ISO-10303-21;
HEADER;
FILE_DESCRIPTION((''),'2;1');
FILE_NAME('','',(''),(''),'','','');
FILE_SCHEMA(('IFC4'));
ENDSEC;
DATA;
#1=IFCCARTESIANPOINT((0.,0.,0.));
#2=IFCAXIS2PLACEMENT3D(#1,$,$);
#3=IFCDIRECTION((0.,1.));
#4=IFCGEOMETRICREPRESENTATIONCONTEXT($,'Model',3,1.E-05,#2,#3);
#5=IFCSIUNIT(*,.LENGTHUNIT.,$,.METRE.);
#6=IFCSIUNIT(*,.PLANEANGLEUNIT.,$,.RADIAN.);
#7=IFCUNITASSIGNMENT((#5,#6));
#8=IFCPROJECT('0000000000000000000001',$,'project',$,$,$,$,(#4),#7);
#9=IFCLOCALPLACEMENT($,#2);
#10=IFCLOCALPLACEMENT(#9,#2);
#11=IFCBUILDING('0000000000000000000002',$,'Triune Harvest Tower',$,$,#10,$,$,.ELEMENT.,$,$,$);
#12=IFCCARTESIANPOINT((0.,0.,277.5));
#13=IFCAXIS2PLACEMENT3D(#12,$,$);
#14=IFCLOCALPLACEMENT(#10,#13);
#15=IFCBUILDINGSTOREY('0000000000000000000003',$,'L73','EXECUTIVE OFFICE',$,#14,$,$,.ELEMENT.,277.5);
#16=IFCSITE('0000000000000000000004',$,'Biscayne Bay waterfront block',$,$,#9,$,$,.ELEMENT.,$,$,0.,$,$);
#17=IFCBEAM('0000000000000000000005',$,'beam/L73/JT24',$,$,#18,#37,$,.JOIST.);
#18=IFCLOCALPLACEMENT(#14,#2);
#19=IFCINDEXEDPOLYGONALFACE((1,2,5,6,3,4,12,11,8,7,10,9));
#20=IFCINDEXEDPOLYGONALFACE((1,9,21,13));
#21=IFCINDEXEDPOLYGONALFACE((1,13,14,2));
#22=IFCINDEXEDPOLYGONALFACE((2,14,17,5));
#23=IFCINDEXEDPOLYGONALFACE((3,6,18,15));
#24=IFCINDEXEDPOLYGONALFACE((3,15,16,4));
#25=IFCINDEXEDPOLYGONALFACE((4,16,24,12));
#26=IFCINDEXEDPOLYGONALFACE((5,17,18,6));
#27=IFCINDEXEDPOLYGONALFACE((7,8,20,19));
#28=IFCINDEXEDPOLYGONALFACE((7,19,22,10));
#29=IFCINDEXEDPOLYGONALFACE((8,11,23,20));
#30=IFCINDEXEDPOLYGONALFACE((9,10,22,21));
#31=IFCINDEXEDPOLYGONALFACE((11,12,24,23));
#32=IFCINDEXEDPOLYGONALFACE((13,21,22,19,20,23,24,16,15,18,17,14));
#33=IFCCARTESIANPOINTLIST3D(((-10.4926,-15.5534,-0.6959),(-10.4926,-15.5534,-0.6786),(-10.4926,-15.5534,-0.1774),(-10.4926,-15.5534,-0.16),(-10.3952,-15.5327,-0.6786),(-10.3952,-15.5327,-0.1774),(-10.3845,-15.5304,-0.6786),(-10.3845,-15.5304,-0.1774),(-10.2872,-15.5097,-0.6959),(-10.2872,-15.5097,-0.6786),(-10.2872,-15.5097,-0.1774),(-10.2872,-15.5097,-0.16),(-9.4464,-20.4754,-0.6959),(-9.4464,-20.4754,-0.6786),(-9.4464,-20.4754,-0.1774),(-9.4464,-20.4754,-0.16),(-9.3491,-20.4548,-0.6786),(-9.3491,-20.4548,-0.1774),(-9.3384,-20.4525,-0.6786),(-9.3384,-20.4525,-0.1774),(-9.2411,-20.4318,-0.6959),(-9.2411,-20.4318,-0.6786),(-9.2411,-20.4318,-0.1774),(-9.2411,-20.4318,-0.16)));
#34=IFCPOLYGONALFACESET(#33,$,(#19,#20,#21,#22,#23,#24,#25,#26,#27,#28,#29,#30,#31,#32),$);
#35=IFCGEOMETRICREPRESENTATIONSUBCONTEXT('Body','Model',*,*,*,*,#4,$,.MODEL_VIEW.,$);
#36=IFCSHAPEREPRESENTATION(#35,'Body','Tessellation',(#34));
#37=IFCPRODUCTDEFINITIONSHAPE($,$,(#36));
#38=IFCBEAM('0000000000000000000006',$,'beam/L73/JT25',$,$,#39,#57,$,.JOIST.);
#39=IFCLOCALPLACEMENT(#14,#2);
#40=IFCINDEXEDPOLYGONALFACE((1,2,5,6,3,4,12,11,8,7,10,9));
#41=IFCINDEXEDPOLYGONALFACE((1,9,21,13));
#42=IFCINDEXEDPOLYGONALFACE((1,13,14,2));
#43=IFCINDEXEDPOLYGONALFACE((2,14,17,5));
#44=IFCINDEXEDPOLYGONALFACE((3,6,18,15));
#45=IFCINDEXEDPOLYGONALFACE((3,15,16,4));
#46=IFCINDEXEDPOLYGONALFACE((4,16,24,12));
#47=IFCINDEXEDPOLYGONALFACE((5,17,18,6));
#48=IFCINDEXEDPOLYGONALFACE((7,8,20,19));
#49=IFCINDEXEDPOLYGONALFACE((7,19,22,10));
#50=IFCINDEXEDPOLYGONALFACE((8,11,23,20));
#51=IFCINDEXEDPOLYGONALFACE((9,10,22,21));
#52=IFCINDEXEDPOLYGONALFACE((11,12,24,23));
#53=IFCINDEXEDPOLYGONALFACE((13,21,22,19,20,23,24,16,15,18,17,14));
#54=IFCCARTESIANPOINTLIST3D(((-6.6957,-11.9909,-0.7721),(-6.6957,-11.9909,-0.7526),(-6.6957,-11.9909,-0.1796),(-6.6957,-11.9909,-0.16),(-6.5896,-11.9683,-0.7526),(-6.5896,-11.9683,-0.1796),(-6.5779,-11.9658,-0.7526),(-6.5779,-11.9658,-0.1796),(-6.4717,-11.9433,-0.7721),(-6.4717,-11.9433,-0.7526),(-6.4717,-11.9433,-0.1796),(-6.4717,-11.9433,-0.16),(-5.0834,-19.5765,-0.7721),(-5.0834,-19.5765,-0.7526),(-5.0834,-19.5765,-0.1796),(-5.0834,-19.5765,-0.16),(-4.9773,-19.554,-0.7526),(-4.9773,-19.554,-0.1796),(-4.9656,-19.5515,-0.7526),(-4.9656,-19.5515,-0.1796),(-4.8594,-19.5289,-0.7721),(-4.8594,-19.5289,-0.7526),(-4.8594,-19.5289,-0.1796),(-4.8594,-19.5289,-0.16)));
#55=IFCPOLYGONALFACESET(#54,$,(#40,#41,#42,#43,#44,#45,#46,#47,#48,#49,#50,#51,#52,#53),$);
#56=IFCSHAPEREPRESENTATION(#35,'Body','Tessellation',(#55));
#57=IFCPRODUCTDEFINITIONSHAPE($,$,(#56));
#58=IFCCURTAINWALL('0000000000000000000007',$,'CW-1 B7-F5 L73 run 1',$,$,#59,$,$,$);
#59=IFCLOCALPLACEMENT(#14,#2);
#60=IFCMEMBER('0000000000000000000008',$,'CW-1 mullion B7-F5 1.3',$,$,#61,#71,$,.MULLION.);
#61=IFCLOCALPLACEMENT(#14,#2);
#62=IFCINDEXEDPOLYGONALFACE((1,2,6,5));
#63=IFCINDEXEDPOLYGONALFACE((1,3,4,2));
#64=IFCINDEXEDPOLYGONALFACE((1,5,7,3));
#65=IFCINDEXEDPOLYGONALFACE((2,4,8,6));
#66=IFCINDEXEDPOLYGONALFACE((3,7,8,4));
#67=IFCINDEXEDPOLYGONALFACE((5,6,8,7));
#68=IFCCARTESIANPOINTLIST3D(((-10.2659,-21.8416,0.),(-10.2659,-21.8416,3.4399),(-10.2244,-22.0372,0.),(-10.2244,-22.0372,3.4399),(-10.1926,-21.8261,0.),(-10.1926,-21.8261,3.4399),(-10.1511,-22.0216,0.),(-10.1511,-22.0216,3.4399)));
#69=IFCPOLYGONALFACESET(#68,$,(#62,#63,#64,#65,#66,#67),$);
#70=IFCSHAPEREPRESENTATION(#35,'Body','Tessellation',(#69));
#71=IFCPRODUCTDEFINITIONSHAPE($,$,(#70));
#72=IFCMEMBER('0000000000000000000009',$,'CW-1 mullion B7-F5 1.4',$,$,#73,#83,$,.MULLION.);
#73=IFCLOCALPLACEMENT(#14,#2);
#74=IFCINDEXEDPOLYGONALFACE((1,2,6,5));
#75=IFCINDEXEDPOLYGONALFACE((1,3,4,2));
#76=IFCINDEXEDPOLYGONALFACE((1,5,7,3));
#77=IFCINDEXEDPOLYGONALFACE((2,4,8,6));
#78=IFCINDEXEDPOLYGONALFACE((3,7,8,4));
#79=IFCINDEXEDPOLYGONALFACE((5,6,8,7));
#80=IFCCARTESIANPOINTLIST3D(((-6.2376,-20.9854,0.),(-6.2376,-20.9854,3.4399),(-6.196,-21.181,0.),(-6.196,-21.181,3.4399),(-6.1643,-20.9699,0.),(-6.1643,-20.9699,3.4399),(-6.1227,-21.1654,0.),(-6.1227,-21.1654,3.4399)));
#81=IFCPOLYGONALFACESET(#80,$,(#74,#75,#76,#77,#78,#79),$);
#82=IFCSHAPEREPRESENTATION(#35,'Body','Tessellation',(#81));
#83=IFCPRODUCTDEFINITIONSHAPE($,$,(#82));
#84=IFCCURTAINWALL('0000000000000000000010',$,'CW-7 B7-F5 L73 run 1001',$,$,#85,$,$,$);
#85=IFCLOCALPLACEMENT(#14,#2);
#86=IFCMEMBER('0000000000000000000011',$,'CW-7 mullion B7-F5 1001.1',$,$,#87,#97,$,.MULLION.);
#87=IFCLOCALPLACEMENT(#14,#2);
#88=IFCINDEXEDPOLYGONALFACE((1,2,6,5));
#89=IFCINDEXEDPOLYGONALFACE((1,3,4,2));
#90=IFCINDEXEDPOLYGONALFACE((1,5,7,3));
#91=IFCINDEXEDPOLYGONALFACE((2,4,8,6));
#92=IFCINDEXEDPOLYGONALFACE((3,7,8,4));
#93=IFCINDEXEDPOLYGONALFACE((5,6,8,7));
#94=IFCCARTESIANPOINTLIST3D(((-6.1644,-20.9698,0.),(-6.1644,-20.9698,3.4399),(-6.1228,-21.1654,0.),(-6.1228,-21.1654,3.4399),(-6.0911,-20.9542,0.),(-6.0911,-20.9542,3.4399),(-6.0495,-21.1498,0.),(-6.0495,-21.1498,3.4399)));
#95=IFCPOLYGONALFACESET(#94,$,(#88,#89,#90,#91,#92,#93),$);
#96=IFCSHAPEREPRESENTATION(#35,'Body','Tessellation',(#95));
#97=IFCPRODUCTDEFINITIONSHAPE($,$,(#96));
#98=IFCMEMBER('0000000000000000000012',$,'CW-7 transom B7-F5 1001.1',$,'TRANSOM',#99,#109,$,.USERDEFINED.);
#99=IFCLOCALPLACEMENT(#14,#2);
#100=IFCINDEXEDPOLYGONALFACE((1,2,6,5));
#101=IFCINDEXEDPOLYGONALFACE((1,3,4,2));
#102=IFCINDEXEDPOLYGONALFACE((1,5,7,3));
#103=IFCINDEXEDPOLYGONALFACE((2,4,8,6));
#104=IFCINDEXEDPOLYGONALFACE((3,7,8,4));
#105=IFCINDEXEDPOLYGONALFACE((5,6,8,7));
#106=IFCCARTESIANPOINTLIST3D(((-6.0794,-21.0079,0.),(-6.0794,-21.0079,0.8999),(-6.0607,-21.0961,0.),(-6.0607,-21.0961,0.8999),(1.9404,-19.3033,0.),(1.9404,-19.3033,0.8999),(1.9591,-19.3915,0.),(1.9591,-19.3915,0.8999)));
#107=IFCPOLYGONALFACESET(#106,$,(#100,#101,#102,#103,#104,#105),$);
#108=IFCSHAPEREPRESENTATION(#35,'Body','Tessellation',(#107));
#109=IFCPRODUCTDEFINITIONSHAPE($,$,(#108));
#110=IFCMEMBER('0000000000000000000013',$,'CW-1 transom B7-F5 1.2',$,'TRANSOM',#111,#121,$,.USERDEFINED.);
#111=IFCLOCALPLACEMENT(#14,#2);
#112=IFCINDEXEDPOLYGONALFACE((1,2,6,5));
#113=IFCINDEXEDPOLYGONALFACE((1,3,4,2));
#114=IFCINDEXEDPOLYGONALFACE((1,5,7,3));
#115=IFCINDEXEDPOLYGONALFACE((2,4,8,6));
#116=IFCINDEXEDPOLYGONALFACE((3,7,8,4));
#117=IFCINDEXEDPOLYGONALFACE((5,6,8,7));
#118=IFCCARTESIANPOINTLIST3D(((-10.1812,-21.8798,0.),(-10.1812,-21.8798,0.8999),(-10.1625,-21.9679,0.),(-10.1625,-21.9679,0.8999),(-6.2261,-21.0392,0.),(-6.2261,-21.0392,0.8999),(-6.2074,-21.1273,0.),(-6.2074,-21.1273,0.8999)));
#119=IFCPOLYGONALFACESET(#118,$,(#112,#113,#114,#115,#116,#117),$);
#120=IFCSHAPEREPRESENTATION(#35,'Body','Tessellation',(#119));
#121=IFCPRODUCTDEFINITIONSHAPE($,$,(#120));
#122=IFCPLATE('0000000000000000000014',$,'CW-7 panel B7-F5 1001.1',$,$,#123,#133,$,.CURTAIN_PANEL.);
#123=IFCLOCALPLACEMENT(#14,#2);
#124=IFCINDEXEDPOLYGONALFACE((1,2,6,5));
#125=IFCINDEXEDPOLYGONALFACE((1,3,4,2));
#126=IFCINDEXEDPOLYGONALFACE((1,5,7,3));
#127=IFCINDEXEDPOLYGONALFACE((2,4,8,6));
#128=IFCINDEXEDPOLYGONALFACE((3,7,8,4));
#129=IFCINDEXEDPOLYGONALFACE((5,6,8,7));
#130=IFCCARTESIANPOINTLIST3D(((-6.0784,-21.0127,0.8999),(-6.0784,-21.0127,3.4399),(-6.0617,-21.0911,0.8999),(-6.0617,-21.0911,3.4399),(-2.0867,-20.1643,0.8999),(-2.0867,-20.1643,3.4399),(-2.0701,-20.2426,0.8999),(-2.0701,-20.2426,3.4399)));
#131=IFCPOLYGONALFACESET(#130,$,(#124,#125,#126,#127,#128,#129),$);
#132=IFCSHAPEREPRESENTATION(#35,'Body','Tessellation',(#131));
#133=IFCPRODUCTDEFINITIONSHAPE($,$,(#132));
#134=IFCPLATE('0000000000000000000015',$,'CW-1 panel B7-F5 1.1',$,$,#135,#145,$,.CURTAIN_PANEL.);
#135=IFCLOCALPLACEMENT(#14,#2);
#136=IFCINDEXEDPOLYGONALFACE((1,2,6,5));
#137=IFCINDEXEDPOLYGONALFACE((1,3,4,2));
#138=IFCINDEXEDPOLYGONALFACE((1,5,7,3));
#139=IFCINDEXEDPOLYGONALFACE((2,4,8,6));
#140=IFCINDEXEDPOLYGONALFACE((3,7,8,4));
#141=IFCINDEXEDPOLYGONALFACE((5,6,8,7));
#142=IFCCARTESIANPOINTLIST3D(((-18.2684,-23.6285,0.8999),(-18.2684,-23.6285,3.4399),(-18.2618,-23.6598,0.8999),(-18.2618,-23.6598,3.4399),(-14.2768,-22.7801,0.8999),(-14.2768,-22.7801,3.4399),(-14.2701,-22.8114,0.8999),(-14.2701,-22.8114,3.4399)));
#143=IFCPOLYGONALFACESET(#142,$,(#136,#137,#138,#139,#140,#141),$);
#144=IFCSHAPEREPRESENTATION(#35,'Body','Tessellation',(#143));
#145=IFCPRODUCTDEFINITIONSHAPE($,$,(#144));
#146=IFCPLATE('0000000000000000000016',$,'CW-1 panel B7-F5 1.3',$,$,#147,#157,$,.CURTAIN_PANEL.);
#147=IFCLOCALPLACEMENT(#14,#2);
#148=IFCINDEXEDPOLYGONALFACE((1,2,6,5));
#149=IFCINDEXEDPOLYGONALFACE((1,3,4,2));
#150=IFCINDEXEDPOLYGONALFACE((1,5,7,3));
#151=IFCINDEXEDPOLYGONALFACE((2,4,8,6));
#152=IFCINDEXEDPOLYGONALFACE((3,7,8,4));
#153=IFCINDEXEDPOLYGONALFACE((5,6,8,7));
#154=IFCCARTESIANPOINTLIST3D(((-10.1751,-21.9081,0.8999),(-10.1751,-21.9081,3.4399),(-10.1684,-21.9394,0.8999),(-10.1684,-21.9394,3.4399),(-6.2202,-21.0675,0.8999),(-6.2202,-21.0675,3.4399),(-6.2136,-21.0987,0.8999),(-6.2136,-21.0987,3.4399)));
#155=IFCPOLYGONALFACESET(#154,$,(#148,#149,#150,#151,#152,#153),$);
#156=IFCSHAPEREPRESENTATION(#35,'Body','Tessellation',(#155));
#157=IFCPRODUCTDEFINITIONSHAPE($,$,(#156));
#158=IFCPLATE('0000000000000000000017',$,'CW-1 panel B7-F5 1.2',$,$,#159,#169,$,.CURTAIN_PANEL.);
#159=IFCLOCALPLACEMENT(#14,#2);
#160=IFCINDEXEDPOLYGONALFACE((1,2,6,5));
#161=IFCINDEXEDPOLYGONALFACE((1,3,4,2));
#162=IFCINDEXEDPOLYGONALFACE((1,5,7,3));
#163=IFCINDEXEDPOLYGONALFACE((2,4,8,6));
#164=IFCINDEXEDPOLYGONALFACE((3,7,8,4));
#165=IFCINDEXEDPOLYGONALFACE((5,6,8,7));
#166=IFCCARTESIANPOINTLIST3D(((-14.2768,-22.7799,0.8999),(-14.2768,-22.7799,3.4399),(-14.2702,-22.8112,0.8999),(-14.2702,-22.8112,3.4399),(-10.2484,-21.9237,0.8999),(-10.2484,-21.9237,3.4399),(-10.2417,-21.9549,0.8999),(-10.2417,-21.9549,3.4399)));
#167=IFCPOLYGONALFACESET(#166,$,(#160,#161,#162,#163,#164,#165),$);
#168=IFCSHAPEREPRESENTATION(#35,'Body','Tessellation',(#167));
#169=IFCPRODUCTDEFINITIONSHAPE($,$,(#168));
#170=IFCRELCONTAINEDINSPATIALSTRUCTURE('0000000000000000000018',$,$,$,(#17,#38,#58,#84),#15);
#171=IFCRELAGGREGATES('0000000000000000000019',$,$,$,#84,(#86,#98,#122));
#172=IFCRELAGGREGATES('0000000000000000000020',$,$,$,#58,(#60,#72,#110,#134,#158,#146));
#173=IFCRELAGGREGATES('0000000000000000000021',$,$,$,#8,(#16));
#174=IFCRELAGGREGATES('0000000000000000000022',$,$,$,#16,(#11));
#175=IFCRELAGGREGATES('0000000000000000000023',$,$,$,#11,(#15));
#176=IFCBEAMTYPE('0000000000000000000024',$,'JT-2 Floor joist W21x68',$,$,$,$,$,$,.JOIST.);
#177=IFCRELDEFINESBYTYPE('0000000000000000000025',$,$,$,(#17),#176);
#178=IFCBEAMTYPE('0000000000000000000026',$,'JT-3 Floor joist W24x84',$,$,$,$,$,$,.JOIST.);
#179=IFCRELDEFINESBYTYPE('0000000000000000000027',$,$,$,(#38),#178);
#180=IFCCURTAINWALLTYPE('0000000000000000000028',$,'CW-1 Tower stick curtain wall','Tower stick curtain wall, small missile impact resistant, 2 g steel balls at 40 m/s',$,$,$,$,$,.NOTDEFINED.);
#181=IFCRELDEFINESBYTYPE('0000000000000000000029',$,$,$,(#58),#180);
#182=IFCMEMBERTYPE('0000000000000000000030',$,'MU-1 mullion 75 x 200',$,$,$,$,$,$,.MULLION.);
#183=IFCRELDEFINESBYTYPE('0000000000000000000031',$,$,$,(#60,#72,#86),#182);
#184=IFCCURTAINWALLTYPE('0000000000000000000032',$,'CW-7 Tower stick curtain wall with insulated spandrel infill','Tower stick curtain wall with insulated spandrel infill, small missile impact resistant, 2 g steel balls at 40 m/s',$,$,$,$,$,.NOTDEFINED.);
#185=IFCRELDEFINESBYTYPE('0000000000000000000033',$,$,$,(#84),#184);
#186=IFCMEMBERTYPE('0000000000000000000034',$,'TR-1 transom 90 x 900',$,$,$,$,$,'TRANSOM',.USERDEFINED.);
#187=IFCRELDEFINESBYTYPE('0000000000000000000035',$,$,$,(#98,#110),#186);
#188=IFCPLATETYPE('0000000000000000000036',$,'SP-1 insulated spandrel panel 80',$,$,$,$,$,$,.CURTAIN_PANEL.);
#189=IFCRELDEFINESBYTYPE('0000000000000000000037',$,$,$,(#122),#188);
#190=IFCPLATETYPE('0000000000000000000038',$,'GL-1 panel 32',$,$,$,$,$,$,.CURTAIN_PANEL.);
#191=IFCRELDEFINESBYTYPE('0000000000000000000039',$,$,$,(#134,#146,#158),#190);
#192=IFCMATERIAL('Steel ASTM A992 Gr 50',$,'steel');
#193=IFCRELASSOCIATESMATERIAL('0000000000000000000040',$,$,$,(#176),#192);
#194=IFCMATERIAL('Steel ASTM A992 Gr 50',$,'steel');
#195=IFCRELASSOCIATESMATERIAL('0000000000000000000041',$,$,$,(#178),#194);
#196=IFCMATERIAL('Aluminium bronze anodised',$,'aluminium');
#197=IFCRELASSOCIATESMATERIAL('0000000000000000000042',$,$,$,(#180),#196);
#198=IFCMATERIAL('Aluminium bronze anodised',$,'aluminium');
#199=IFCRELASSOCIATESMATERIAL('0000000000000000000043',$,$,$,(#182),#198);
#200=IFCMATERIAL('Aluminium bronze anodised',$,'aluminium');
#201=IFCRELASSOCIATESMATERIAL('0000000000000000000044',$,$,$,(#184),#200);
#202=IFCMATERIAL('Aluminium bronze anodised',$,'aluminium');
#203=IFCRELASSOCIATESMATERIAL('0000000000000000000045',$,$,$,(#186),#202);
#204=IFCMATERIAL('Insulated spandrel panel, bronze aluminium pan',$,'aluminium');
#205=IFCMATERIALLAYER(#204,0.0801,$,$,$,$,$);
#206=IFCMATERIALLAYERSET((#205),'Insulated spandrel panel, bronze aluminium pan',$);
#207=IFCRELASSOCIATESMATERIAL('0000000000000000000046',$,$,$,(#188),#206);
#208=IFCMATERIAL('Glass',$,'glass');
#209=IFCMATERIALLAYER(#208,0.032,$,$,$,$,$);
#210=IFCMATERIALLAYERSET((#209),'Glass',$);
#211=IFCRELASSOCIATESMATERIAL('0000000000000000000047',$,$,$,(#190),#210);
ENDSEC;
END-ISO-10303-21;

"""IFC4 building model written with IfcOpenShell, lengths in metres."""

from ifc_helpers import new_model, si_unit, direction, frame, origin, origin_2d, place, context, subcontext, project, spatial, rectangle, i_section, extrude, source, transform, mapped, material, layer, layer_set, material_profile, profile_set, type_object, element, aggregate, save


model = new_model("IFC4")

# Units and contexts
model_context = context("Model", 3, precision=1e-05, world=origin(), true_north=direction((0.0, 1.0)))
body_context = subcontext(model_context, "Body", "Model", "MODEL_VIEW")
ifc_project = project(units=[si_unit("LENGTHUNIT", "METRE"), si_unit("PLANEANGLEUNIT", "RADIAN")], contexts=[model_context])

# Site, building, storey
site_placement = place(None, origin())
site = spatial("IfcSite", under=ifc_project, at=site_placement, Name="Biscayne Bay waterfront block", CompositionType="ELEMENT", RefElevation=0.0)
building_placement = place(site_placement, origin())
building = spatial("IfcBuilding", under=site, at=building_placement, Name="Triune Harvest Tower", CompositionType="ELEMENT")
storey_placement = place(building_placement, frame((0.0, 0.0, 277.5)))
storey = spatial("IfcBuildingStorey", under=building, at=storey_placement, Name="L73", Description="EXECUTIVE OFFICE", CompositionType="ELEMENT", Elevation=277.5)

# Beams
ifc_material_1 = material(Name="Steel ASTM A992 Gr 50", Category="steel")
ifc_material_profile_1 = material_profile(ifc_material_1, i_section(OverallWidth=0.21, OverallDepth=0.5359, WebThickness=0.011, FlangeThickness=0.0173, at=origin_2d()), Name="W21x68")
ifc_profile_set_1 = profile_set([ifc_material_profile_1], Name="Steel ASTM A992 Gr 50")
beam_type_1 = type_object("IfcBeamType", Name="JT-2 Floor joist W21x68", PredefinedType="JOIST", material=ifc_profile_set_1)
shared_shape_1 = source(origin(), body_context, "Body", "SweptSolid", [
    extrude(i_section(OverallWidth=0.21, OverallDepth=0.5359, WebThickness=0.011, FlangeThickness=0.0173, at=origin_2d()), origin(), (0.0, 0.0, 1.0), 5.032),
])
beam_1_placement = place(storey_placement, frame((-9.3438, -20.4536, -0.428), z_axis=(-0.207895, 0.978151, 0.0), x_axis=(-0.978151, -0.207895, 0.0)))
element("IfcBeam", 1, at=beam_1_placement, inside=storey, type_object=beam_type_1, Name="beam/L73/JT24", PredefinedType="JOIST", context=body_context, shape_type="MappedRepresentation", body=[
    mapped(shared_shape_1, transform((0.0, 0.0, 0.0), scale=1.0)),
])
ifc_material_2 = material(Name="Steel ASTM A992 Gr 50", Category="steel")
ifc_material_profile_2 = material_profile(ifc_material_2, i_section(OverallWidth=0.229, OverallDepth=0.6121, WebThickness=0.012, FlangeThickness=0.0195, at=origin_2d()), Name="W24x84")
ifc_profile_set_2 = profile_set([ifc_material_profile_2], Name="Steel ASTM A992 Gr 50")
beam_type_2 = type_object("IfcBeamType", Name="JT-3 Floor joist W24x84", PredefinedType="JOIST", material=ifc_profile_set_2)
shared_shape_2 = source(origin(), body_context, "Body", "SweptSolid", [
    extrude(i_section(OverallWidth=0.229, OverallDepth=0.6121, WebThickness=0.012, FlangeThickness=0.0195, at=origin_2d()), origin(), (0.0, 0.0, 1.0), 7.7551),
])
beam_2_placement = place(storey_placement, frame((-4.9714, -19.5527, -0.4661), z_axis=(-0.207901, 0.97815, 0.0), x_axis=(-0.97815, -0.207901, 0.0)))
element("IfcBeam", 2, at=beam_2_placement, inside=storey, type_object=beam_type_2, Name="beam/L73/JT25", PredefinedType="JOIST", context=body_context, shape_type="MappedRepresentation", body=[
    mapped(shared_shape_2, transform((0.0, 0.0, 0.0), scale=1.0)),
])

# Curtain walls, members
ifc_material_3 = material(Name="Aluminium bronze anodised", Category="aluminium")
curtain_wall_type_1 = type_object("IfcCurtainWallType", Name="CW-1 Tower stick curtain wall", Description="Tower stick curtain wall, small missile impact resistant, 2 g steel balls at 40 m/s", PredefinedType="NOTDEFINED", material=ifc_material_3)
curtain_wall_1_placement = place(storey_placement, origin())
curtain_wall_1 = element("IfcCurtainWall", 3, at=curtain_wall_1_placement, inside=storey, type_object=curtain_wall_type_1, Name="CW-1 B7-F5 L73 run 1")
ifc_material_4 = material(Name="Aluminium bronze anodised", Category="aluminium")
ifc_material_profile_3 = material_profile(ifc_material_4, rectangle(XDim=0.2, YDim=0.075, at=origin_2d()), Name="MU-1 mullion 75 x 200")
ifc_profile_set_3 = profile_set([ifc_material_profile_3], Name="Aluminium bronze anodised")
member_type_1 = type_object("IfcMemberType", Name="MU-1 mullion 75 x 200", PredefinedType="MULLION", material=ifc_profile_set_3)
shared_shape_3 = source(origin(), body_context, "Body", "SweptSolid", [
    extrude(rectangle(XDim=0.2, YDim=0.075, at=origin_2d()), origin(), (0.0, 0.0, 1.0), 3.4399),
])
member_1_placement = place(storey_placement, frame((-10.2085, -21.9316, 0.0), z_axis=(0.0, 0.0, 1.0), x_axis=(-0.207909, 0.978148, 0.0)))
member_1 = element("IfcMember", 4, at=member_1_placement, type_object=member_type_1, Name="CW-1 mullion B7-F5 1.3", PredefinedType="MULLION", context=body_context, shape_type="MappedRepresentation", body=[
    mapped(shared_shape_3, transform((0.0, 0.0, 0.0), scale=1.0)),
])
member_2_placement = place(storey_placement, frame((-6.1802, -21.0754, 0.0), z_axis=(0.0, 0.0, 1.0), x_axis=(-0.207909, 0.978148, 0.0)))
member_2 = element("IfcMember", 5, at=member_2_placement, type_object=member_type_1, Name="CW-1 mullion B7-F5 1.4", PredefinedType="MULLION", context=body_context, shape_type="MappedRepresentation", body=[
    mapped(shared_shape_3, transform((0.0, 0.0, 0.0), scale=1.0)),
])
ifc_material_5 = material(Name="Aluminium bronze anodised", Category="aluminium")
curtain_wall_type_2 = type_object("IfcCurtainWallType", Name="CW-7 Tower stick curtain wall with insulated spandrel infill", Description="Tower stick curtain wall with insulated spandrel infill, small missile impact resistant, 2 g steel balls at 40 m/s", PredefinedType="NOTDEFINED", material=ifc_material_5)
curtain_wall_2_placement = place(storey_placement, origin())
curtain_wall_2 = element("IfcCurtainWall", 6, at=curtain_wall_2_placement, inside=storey, type_object=curtain_wall_type_2, Name="CW-7 B7-F5 L73 run 1001")
member_3_placement = place(storey_placement, frame((-6.1069, -21.0598, 0.0), z_axis=(0.0, 0.0, 1.0), x_axis=(-0.207913, 0.978147, 0.0)))
member_3 = element("IfcMember", 7, at=member_3_placement, type_object=member_type_1, Name="CW-7 mullion B7-F5 1001.1", PredefinedType="MULLION", context=body_context, shape_type="MappedRepresentation", body=[
    mapped(shared_shape_3, transform((0.0, 0.0, 0.0), scale=1.0)),
])
ifc_material_6 = material(Name="Aluminium bronze anodised", Category="aluminium")
ifc_material_profile_4 = material_profile(ifc_material_6, rectangle(XDim=0.0901, YDim=0.8999, at=origin_2d()), Name="TR-1 transom 90 x 900")
ifc_profile_set_4 = profile_set([ifc_material_profile_4], Name="Aluminium bronze anodised")
member_type_2 = type_object("IfcMemberType", Name="TR-1 transom 90 x 900", ElementType="TRANSOM", PredefinedType="USERDEFINED", material=ifc_profile_set_4)
shared_shape_4 = source(origin(), body_context, "Body", "SweptSolid", [
    extrude(rectangle(XDim=0.0901, YDim=0.8999, at=origin_2d()), origin(), (0.0, 0.0, 1.0), 8.199),
])
member_4_placement = place(storey_placement, frame((-6.0701, -21.052, 0.45), z_axis=(0.978149, 0.207904, 0.0), x_axis=(-0.207904, 0.978149, 0.0)))
member_4 = element("IfcMember", 8, at=member_4_placement, type_object=member_type_2, Name="CW-7 transom B7-F5 1001.1", ObjectType="TRANSOM", PredefinedType="USERDEFINED", context=body_context, shape_type="MappedRepresentation", body=[
    mapped(shared_shape_4, transform((0.0, 0.0, 0.0), scale=1.0)),
])

# Member
shared_shape_5 = source(origin(), body_context, "Body", "SweptSolid", [
    extrude(rectangle(XDim=0.0901, YDim=0.8999, at=origin_2d()), origin(), (0.0, 0.0, 1.0), 4.0435),
])
member_5_placement = place(storey_placement, frame((-10.1719, -21.9238, 0.45), z_axis=(0.978153, 0.207888, 0.0), x_axis=(-0.207888, 0.978153, 0.0)))
member_5 = element("IfcMember", 9, at=member_5_placement, type_object=member_type_2, Name="CW-1 transom B7-F5 1.2", ObjectType="TRANSOM", PredefinedType="USERDEFINED", context=body_context, shape_type="MappedRepresentation", body=[
    mapped(shared_shape_5, transform((0.0, 0.0, 0.0), scale=1.0)),
])

# Plates
ifc_material_7 = material(Name="Insulated spandrel panel, bronze aluminium pan", Category="aluminium")
ifc_layer_1 = layer(ifc_material_7, 0.0801)
ifc_layer_set_1 = layer_set([ifc_layer_1], Name="Insulated spandrel panel, bronze aluminium pan")
plate_type_1 = type_object("IfcPlateType", Name="SP-1 insulated spandrel panel 80", PredefinedType="CURTAIN_PANEL", material=ifc_layer_set_1)
shared_shape_6 = source(origin(), body_context, "Body", "SweptSolid", [
    extrude(rectangle(XDim=4.0808, YDim=0.0801, at=origin_2d()), origin(), (0.0, 0.0, 1.0), 2.54),
])
plate_1_placement = place(storey_placement, frame((-4.0742, -20.6277, 0.8999), z_axis=(0.0, 0.0, 1.0), x_axis=(0.978147, 0.207913, 0.0)))
plate_1 = element("IfcPlate", 10, at=plate_1_placement, type_object=plate_type_1, Name="CW-7 panel B7-F5 1001.1", PredefinedType="CURTAIN_PANEL", context=body_context, shape_type="MappedRepresentation", body=[
    mapped(shared_shape_6, transform((0.0, 0.0, 0.0), scale=1.0)),
])
aggregate(curtain_wall_2, [member_3, member_4, plate_1])
ifc_material_8 = material(Name="Glass", Category="glass")
ifc_layer_2 = layer(ifc_material_8, 0.032)
ifc_layer_set_2 = layer_set([ifc_layer_2], Name="Glass")
plate_type_2 = type_object("IfcPlateType", Name="GL-1 panel 32", PredefinedType="CURTAIN_PANEL", material=ifc_layer_set_2)
shared_shape_7 = source(origin(), body_context, "Body", "SweptSolid", [
    extrude(rectangle(XDim=4.0808, YDim=0.032, at=origin_2d()), origin(), (0.0, 0.0, 1.0), 2.54),
])
plate_2_placement = place(storey_placement, frame((-16.2693, -23.22, 0.8999), z_axis=(0.0, 0.0, 1.0), x_axis=(0.978148, 0.207909, 0.0)))
plate_2 = element("IfcPlate", 11, at=plate_2_placement, type_object=plate_type_2, Name="CW-1 panel B7-F5 1.1", PredefinedType="CURTAIN_PANEL", context=body_context, shape_type="MappedRepresentation", body=[
    mapped(shared_shape_7, transform((0.0, 0.0, 0.0), scale=1.0)),
])
shared_shape_8 = source(origin(), body_context, "Body", "SweptSolid", [
    extrude(rectangle(XDim=4.0432, YDim=0.032, at=origin_2d()), origin(), (0.0, 0.0, 1.0), 2.54),
])
plate_3_placement = place(storey_placement, frame((-8.1943, -21.5034, 0.8999), z_axis=(0.0, 0.0, 1.0), x_axis=(0.978148, 0.207909, 0.0)))
plate_3 = element("IfcPlate", 12, at=plate_3_placement, type_object=plate_type_2, Name="CW-1 panel B7-F5 1.3", PredefinedType="CURTAIN_PANEL", context=body_context, shape_type="MappedRepresentation", body=[
    mapped(shared_shape_8, transform((0.0, 0.0, 0.0), scale=1.0)),
])
shared_shape_9 = source(origin(), body_context, "Body", "SweptSolid", [
    extrude(rectangle(XDim=4.1184, YDim=0.032, at=origin_2d()), origin(), (0.0, 0.0, 1.0), 2.54),
])
plate_4_placement = place(storey_placement, frame((-12.2593, -22.3674, 0.8999), z_axis=(0.0, 0.0, 1.0), x_axis=(0.978148, 0.207909, 0.0)))
plate_4 = element("IfcPlate", 13, at=plate_4_placement, type_object=plate_type_2, Name="CW-1 panel B7-F5 1.2", PredefinedType="CURTAIN_PANEL", context=body_context, shape_type="MappedRepresentation", body=[
    mapped(shared_shape_9, transform((0.0, 0.0, 0.0), scale=1.0)),
])
aggregate(curtain_wall_1, [member_1, member_2, member_5, plate_2, plate_4, plate_3])

save(model, "model.ifc")
